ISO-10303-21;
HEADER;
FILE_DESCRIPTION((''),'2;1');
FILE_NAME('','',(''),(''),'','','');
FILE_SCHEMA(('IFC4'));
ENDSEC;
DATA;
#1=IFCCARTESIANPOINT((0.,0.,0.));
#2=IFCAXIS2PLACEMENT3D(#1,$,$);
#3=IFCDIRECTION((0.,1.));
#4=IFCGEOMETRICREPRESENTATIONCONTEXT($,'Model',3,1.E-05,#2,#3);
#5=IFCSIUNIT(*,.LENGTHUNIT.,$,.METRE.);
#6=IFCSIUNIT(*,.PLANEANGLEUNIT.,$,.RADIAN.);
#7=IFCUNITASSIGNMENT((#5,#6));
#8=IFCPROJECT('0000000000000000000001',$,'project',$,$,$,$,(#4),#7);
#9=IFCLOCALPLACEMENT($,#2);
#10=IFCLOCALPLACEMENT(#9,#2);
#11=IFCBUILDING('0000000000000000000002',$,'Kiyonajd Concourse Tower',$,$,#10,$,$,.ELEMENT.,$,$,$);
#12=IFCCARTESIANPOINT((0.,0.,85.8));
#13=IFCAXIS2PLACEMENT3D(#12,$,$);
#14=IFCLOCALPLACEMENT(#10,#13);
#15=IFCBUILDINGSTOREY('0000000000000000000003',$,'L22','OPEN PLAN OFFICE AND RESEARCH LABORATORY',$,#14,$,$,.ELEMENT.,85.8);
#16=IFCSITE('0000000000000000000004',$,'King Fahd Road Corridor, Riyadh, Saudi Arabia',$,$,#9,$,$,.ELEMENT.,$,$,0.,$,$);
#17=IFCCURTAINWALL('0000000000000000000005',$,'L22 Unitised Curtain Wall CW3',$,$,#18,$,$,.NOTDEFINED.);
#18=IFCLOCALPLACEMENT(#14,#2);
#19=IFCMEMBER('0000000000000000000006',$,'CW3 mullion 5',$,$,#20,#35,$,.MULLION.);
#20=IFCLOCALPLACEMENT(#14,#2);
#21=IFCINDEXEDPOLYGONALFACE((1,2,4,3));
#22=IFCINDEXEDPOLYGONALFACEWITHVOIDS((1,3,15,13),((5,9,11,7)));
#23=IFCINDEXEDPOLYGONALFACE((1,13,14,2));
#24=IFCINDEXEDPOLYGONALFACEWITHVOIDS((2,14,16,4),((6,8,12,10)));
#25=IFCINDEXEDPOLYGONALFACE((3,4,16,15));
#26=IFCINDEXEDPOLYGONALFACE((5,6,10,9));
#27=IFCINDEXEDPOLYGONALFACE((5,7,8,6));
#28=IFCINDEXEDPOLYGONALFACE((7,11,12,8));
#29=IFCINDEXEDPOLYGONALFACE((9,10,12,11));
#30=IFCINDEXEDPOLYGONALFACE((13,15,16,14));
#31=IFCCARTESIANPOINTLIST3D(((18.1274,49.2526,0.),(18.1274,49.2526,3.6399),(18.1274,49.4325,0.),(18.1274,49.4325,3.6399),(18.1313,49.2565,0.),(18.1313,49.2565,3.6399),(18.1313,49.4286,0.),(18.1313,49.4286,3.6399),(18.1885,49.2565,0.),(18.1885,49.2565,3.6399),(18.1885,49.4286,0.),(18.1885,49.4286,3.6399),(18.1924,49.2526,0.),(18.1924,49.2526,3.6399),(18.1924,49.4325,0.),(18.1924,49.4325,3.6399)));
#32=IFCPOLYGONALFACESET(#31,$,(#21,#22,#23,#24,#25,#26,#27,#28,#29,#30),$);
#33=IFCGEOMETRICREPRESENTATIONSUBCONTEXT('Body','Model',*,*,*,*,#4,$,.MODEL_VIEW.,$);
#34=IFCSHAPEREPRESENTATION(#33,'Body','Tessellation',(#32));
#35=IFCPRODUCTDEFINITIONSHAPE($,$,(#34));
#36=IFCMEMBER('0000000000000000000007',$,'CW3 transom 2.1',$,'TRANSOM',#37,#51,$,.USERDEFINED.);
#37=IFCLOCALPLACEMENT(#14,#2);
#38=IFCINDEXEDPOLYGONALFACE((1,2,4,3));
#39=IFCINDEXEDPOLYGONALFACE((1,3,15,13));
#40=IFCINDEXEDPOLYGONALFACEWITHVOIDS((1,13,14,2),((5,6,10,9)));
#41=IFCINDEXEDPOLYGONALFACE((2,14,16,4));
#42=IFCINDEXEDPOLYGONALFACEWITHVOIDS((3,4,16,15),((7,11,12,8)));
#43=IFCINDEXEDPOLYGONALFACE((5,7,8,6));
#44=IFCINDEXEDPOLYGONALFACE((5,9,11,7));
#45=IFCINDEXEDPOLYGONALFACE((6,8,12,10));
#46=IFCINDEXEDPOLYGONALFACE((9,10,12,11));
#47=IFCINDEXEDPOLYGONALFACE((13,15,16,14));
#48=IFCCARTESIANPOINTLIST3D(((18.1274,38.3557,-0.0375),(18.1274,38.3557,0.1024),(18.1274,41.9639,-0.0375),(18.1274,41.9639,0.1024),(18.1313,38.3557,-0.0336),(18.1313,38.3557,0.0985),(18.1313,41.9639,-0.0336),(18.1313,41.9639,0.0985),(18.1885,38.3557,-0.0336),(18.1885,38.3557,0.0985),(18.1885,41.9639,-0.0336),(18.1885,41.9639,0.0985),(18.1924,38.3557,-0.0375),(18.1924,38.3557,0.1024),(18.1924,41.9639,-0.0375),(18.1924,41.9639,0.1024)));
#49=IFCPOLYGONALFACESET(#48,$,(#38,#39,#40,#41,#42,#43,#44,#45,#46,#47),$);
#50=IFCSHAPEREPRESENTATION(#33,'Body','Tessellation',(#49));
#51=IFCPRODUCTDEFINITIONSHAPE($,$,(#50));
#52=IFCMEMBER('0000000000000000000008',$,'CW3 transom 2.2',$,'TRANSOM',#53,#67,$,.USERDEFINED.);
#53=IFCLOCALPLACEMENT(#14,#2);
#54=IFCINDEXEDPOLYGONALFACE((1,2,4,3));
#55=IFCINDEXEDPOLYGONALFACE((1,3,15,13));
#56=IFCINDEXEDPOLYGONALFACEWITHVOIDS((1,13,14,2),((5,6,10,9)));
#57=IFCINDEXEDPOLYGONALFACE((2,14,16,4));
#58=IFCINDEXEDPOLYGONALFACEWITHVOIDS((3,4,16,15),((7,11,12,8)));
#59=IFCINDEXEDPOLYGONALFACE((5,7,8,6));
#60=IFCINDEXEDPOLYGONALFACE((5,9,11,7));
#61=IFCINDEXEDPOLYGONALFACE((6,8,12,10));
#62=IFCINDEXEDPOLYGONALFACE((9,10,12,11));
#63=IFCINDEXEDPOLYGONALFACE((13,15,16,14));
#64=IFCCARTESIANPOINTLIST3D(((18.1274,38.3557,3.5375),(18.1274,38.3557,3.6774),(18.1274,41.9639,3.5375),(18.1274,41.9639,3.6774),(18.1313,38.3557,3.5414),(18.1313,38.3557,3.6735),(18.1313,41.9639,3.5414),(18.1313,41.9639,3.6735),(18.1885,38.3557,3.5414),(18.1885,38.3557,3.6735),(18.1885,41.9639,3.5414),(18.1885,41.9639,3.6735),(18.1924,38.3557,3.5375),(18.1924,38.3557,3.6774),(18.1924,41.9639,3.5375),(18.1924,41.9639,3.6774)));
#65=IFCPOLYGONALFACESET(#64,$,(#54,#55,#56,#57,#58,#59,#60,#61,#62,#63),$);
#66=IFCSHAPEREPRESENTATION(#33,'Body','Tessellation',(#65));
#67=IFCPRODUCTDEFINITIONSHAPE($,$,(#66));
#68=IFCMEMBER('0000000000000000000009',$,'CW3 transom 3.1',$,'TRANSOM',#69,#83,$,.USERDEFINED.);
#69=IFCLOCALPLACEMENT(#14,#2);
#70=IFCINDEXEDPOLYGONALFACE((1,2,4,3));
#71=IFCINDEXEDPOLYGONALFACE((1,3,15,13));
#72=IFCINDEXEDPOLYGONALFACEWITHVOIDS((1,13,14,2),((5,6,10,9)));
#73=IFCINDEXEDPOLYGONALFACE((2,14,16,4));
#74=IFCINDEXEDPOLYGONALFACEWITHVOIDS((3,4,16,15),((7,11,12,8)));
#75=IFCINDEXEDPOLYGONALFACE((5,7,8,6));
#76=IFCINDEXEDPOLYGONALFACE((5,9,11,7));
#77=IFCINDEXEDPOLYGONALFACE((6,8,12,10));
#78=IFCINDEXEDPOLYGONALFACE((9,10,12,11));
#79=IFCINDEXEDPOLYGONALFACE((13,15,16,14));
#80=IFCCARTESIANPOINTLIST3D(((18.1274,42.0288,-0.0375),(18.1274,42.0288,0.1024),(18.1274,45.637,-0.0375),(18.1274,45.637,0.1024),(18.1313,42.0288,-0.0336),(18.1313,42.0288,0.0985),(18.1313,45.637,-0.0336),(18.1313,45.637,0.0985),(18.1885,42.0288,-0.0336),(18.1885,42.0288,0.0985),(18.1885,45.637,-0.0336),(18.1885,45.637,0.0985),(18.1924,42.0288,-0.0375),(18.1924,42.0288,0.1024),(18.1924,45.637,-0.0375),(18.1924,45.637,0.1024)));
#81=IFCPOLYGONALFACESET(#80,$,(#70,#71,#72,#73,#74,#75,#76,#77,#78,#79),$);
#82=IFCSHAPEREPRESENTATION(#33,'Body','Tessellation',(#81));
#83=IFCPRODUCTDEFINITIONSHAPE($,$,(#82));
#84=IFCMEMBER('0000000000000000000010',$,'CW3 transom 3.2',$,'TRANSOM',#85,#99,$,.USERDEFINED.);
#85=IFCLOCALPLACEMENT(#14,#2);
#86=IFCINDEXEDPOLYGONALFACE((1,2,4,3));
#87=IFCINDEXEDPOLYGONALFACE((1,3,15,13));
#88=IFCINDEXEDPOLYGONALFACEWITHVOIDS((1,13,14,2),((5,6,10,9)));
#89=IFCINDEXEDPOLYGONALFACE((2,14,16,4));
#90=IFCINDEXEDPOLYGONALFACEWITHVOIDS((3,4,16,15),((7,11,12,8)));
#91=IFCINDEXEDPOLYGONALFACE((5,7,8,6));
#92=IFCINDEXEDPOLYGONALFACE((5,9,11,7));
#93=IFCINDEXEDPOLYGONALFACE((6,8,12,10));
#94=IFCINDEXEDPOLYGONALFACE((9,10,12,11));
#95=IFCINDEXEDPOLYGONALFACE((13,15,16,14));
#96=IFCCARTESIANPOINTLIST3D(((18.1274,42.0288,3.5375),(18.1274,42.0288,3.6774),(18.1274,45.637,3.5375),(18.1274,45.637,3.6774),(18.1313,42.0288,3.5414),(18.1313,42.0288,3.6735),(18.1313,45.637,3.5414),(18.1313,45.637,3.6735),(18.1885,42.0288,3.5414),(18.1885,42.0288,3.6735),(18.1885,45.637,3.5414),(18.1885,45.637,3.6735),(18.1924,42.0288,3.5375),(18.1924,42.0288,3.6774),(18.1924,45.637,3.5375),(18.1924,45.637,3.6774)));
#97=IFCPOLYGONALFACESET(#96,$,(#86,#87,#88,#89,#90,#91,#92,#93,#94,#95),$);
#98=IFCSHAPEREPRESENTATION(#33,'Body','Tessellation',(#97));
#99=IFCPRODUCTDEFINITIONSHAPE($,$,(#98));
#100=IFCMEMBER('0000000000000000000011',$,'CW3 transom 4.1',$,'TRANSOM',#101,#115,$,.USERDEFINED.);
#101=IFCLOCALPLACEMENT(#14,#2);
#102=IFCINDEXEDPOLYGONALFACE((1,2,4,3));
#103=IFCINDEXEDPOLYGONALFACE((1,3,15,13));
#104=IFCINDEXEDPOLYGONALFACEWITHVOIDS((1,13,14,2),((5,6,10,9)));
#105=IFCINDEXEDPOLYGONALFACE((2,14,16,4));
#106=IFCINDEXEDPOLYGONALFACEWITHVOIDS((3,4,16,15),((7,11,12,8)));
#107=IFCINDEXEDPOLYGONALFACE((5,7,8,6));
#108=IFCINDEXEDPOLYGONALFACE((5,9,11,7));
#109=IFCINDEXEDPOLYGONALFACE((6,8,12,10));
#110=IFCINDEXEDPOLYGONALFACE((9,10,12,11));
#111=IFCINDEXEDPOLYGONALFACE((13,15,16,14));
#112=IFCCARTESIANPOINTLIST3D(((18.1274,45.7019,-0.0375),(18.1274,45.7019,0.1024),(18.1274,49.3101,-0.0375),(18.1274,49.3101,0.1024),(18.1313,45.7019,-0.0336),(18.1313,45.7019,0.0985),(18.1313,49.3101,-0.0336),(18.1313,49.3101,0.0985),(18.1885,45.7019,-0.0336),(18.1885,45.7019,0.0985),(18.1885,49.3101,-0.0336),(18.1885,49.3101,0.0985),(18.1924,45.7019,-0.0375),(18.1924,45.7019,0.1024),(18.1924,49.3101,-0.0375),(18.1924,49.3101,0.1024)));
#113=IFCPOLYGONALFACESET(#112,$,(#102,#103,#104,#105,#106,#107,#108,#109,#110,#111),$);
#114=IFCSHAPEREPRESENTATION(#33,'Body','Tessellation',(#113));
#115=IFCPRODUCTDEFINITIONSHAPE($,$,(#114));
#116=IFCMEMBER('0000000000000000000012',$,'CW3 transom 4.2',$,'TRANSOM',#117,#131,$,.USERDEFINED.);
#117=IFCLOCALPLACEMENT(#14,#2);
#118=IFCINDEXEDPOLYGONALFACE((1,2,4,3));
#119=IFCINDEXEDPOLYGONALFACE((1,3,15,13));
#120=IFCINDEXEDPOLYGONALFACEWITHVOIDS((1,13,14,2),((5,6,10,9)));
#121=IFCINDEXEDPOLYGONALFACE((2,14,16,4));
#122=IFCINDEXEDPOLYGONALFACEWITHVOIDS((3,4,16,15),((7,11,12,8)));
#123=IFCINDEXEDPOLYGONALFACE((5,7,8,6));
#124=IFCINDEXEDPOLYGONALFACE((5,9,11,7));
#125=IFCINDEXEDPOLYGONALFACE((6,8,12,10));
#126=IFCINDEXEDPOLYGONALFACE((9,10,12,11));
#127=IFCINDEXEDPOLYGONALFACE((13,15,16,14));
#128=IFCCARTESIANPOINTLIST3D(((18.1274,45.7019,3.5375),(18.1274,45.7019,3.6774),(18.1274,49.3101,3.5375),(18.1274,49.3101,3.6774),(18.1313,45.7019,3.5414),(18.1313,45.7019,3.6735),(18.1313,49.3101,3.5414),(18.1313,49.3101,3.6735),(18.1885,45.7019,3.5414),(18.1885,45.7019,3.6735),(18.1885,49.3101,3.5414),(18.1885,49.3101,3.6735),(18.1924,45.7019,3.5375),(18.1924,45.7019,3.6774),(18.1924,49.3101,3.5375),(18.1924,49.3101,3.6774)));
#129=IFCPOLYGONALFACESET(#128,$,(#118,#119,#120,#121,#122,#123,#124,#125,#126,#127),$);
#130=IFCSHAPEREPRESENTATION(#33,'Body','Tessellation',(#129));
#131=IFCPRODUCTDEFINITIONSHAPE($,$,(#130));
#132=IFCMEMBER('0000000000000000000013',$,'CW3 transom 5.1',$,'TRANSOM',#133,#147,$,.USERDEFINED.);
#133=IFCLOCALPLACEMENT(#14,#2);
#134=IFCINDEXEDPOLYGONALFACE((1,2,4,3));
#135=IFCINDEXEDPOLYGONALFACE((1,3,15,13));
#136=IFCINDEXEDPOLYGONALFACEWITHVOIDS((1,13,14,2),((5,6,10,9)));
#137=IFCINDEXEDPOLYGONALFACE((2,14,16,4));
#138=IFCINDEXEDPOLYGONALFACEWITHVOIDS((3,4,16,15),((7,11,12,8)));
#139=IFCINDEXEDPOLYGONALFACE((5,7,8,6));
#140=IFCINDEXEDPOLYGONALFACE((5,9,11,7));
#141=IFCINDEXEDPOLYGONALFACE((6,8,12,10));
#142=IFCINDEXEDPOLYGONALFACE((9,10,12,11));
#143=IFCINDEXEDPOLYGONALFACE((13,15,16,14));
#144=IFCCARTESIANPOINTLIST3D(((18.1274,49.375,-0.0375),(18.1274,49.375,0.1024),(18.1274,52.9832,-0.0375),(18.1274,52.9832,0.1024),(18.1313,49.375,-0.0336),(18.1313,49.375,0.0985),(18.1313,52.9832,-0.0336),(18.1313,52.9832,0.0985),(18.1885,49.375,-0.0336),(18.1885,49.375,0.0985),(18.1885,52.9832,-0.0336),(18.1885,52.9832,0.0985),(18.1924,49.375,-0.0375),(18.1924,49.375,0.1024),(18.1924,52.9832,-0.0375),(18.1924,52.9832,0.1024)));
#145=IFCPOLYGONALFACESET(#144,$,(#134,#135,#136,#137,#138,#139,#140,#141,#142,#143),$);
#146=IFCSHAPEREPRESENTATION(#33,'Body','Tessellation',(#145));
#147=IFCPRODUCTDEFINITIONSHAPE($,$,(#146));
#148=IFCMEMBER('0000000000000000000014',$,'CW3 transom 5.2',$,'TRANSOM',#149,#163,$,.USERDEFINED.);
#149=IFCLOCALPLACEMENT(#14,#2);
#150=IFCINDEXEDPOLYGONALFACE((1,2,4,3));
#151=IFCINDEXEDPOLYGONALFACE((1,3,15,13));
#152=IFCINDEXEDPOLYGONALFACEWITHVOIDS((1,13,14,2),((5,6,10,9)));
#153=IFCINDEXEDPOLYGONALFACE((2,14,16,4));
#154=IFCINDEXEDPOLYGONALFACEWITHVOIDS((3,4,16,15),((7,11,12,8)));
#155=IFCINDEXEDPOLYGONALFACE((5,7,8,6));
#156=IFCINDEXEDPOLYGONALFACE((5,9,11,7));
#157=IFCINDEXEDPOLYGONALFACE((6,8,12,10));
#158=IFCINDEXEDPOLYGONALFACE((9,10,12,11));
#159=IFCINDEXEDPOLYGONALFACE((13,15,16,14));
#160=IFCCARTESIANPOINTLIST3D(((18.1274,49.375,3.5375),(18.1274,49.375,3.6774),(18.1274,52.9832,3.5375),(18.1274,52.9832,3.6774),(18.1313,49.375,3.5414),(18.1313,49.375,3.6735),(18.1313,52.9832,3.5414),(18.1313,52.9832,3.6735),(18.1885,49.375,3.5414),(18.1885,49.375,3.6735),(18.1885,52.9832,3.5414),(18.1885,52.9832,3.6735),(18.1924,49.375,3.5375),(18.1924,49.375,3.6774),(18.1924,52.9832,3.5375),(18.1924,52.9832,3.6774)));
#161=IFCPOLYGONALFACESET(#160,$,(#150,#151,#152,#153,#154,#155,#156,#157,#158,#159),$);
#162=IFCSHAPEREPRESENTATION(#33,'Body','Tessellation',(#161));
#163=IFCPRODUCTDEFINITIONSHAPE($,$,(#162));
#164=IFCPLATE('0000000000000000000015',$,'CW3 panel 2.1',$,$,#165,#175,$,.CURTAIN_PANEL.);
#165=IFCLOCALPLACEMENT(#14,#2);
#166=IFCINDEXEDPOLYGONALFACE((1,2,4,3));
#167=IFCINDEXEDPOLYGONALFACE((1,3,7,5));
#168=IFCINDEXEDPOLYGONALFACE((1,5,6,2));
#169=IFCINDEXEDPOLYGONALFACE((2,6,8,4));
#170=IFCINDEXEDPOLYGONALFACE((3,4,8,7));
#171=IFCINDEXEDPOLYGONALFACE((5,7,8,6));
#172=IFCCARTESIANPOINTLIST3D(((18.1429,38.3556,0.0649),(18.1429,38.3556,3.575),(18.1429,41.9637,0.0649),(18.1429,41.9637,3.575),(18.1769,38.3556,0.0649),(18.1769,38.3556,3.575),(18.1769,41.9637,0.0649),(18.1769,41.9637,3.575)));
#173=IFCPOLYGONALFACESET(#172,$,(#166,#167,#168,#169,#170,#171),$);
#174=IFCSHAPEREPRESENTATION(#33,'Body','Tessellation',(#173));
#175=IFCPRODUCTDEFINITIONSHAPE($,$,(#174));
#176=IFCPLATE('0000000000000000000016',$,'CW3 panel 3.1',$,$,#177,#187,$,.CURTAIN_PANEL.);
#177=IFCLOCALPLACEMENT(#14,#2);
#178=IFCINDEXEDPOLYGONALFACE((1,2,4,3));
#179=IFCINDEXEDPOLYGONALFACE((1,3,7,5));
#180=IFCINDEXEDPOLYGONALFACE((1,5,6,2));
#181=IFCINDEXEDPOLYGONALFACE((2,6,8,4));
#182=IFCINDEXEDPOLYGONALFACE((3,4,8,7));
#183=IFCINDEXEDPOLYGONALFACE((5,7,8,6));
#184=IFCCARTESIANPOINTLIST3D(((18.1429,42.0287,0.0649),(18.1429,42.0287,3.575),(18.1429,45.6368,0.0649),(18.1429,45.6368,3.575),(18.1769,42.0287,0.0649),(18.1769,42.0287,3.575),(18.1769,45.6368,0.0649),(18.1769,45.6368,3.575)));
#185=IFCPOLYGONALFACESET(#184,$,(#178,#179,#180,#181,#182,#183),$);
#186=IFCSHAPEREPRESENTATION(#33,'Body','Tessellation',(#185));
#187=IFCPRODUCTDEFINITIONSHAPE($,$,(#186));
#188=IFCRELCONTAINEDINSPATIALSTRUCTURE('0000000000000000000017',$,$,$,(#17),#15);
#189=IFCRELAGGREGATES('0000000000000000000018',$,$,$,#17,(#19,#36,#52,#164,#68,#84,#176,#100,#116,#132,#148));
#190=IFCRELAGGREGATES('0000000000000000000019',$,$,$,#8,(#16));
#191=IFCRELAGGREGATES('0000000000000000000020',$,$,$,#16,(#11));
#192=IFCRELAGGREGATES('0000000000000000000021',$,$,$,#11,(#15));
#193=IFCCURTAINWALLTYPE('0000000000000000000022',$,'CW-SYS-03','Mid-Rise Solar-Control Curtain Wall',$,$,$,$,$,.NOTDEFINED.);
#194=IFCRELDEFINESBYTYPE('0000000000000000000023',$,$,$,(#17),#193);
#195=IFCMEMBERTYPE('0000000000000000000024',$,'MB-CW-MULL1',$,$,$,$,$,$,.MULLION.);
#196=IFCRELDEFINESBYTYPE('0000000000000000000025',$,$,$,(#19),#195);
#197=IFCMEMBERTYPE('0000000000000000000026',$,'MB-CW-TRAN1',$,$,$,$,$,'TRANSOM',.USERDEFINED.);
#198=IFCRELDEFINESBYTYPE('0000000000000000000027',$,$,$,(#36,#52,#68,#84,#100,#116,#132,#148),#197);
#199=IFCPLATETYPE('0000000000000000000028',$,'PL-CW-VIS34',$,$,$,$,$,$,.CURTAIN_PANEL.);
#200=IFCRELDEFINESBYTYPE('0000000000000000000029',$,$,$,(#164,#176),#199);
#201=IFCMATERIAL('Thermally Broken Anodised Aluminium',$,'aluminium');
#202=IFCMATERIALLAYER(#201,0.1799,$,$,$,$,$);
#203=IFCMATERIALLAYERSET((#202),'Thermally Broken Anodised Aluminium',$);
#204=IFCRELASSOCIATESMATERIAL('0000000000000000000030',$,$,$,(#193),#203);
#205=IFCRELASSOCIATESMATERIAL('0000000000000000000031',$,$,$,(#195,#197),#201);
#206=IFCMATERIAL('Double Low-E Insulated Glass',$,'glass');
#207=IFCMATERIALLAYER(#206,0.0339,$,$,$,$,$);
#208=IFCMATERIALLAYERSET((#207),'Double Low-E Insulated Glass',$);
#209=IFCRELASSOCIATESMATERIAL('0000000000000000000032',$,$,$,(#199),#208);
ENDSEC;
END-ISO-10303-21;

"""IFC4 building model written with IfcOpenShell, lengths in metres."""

from ifc_helpers import new_model, si_unit, direction, frame, origin, origin_2d, place, context, subcontext, project, spatial, rectangle, hollow_rectangle, extrude, material, layer, layer_set, material_profile, profile_set, type_object, element, aggregate, save


model = new_model("IFC4")

# Units and contexts
model_context = context("Model", 3, precision=1e-05, world=origin(), true_north=direction((0.0, 1.0)))
body_context = subcontext(model_context, "Body", "Model", "MODEL_VIEW")
ifc_project = project(units=[si_unit("LENGTHUNIT", "METRE"), si_unit("PLANEANGLEUNIT", "RADIAN")], contexts=[model_context])

# Site, building, storey
site_placement = place(None, origin())
site = spatial("IfcSite", under=ifc_project, at=site_placement, Name="King Fahd Road Corridor, Riyadh, Saudi Arabia", CompositionType="ELEMENT", RefElevation=0.0)
building_placement = place(site_placement, origin())
building = spatial("IfcBuilding", under=site, at=building_placement, Name="Kiyonajd Concourse Tower", CompositionType="ELEMENT")
storey_placement = place(building_placement, frame((0.0, 0.0, 85.8)))
storey = spatial("IfcBuildingStorey", under=building, at=storey_placement, Name="L22", Description="OPEN PLAN OFFICE AND RESEARCH LABORATORY", CompositionType="ELEMENT", Elevation=85.8)

# Curtain wall, members, plates
ifc_material_1 = material(Name="Thermally Broken Anodised Aluminium", Category="aluminium")
ifc_layer_1 = layer(ifc_material_1, 0.1799)
ifc_layer_set_1 = layer_set([ifc_layer_1], Name="Thermally Broken Anodised Aluminium")
curtain_wall_type = type_object("IfcCurtainWallType", Name="CW-SYS-03", Description="Mid-Rise Solar-Control Curtain Wall", PredefinedType="NOTDEFINED", material=ifc_layer_set_1)
curtain_wall_placement = place(storey_placement, origin())
curtain_wall = element("IfcCurtainWall", 1, at=curtain_wall_placement, inside=storey, type_object=curtain_wall_type, Name="L22 Unitised Curtain Wall CW3", PredefinedType="NOTDEFINED")
ifc_material_profile_1 = material_profile(ifc_material_1, hollow_rectangle(XDim=0.0649, YDim=0.1799, WallThickness=0.0039, at=origin_2d()), Name="MULL-65x180")
ifc_profile_set_1 = profile_set([ifc_material_profile_1], Name="Thermally Broken Anodised Aluminium")
member_type_1 = type_object("IfcMemberType", Name="MB-CW-MULL1", PredefinedType="MULLION", material=ifc_profile_set_1)
member_1_placement = place(storey_placement, frame((18.1599, 49.3425, 0.0), z_axis=(0.0, 0.0, 1.0), x_axis=(-1.0, 0.0, 0.0)))
member_1 = element("IfcMember", 2, at=member_1_placement, type_object=member_type_1, Name="CW3 mullion 5", PredefinedType="MULLION", context=body_context, shape_type="SweptSolid", body=[
    extrude(hollow_rectangle(XDim=0.0649, YDim=0.1799, WallThickness=0.0039, at=origin_2d()), origin(), (0.0, 0.0, 1.0), 3.6399),
])
ifc_material_profile_2 = material_profile(ifc_material_1, hollow_rectangle(XDim=0.0649, YDim=0.1399, WallThickness=0.0039, at=origin_2d()), Name="TRAN-65x140")
ifc_profile_set_2 = profile_set([ifc_material_profile_2], Name="Thermally Broken Anodised Aluminium")
member_type_2 = type_object("IfcMemberType", Name="MB-CW-TRAN1", ElementType="TRANSOM", PredefinedType="USERDEFINED", material=ifc_profile_set_2)
member_2_placement = place(storey_placement, frame((18.1599, 38.3557, 0.0325), z_axis=(0.0, 1.0, 0.0), x_axis=(-1.0, 0.0, 0.0)))
member_2 = element("IfcMember", 3, at=member_2_placement, type_object=member_type_2, Name="CW3 transom 2.1", ObjectType="TRANSOM", PredefinedType="USERDEFINED", context=body_context, shape_type="SweptSolid", body=[
    extrude(hollow_rectangle(XDim=0.0649, YDim=0.1399, WallThickness=0.0039, at=origin_2d()), origin(), (0.0, 0.0, 1.0), 3.6082),
])
member_3_placement = place(storey_placement, frame((18.1599, 38.3557, 3.6074), z_axis=(0.0, 1.0, 0.0), x_axis=(-1.0, 0.0, 0.0)))
member_3 = element("IfcMember", 4, at=member_3_placement, type_object=member_type_2, Name="CW3 transom 2.2", ObjectType="TRANSOM", PredefinedType="USERDEFINED", context=body_context, shape_type="SweptSolid", body=[
    extrude(hollow_rectangle(XDim=0.0649, YDim=0.1399, WallThickness=0.0039, at=origin_2d()), origin(), (0.0, 0.0, 1.0), 3.6082),
])
member_4_placement = place(storey_placement, frame((18.1599, 42.0288, 0.0325), z_axis=(0.0, 1.0, 0.0), x_axis=(-1.0, 0.0, 0.0)))
member_4 = element("IfcMember", 5, at=member_4_placement, type_object=member_type_2, Name="CW3 transom 3.1", ObjectType="TRANSOM", PredefinedType="USERDEFINED", context=body_context, shape_type="SweptSolid", body=[
    extrude(hollow_rectangle(XDim=0.0649, YDim=0.1399, WallThickness=0.0039, at=origin_2d()), origin(), (0.0, 0.0, 1.0), 3.6082),
])
member_5_placement = place(storey_placement, frame((18.1599, 42.0288, 3.6074), z_axis=(0.0, 1.0, 0.0), x_axis=(-1.0, 0.0, 0.0)))
member_5 = element("IfcMember", 6, at=member_5_placement, type_object=member_type_2, Name="CW3 transom 3.2", ObjectType="TRANSOM", PredefinedType="USERDEFINED", context=body_context, shape_type="SweptSolid", body=[
    extrude(hollow_rectangle(XDim=0.0649, YDim=0.1399, WallThickness=0.0039, at=origin_2d()), origin(), (0.0, 0.0, 1.0), 3.6082),
])
member_6_placement = place(storey_placement, frame((18.1599, 45.7019, 0.0325), z_axis=(0.0, 1.0, 0.0), x_axis=(-1.0, 0.0, 0.0)))
member_6 = element("IfcMember", 7, at=member_6_placement, type_object=member_type_2, Name="CW3 transom 4.1", ObjectType="TRANSOM", PredefinedType="USERDEFINED", context=body_context, shape_type="SweptSolid", body=[
    extrude(hollow_rectangle(XDim=0.0649, YDim=0.1399, WallThickness=0.0039, at=origin_2d()), origin(), (0.0, 0.0, 1.0), 3.6082),
])
member_7_placement = place(storey_placement, frame((18.1599, 45.7019, 3.6074), z_axis=(0.0, 1.0, 0.0), x_axis=(-1.0, 0.0, 0.0)))
member_7 = element("IfcMember", 8, at=member_7_placement, type_object=member_type_2, Name="CW3 transom 4.2", ObjectType="TRANSOM", PredefinedType="USERDEFINED", context=body_context, shape_type="SweptSolid", body=[
    extrude(hollow_rectangle(XDim=0.0649, YDim=0.1399, WallThickness=0.0039, at=origin_2d()), origin(), (0.0, 0.0, 1.0), 3.6082),
])
member_8_placement = place(storey_placement, frame((18.1599, 49.375, 0.0325), z_axis=(0.0, 1.0, 0.0), x_axis=(-1.0, 0.0, 0.0)))
member_8 = element("IfcMember", 9, at=member_8_placement, type_object=member_type_2, Name="CW3 transom 5.1", ObjectType="TRANSOM", PredefinedType="USERDEFINED", context=body_context, shape_type="SweptSolid", body=[
    extrude(hollow_rectangle(XDim=0.0649, YDim=0.1399, WallThickness=0.0039, at=origin_2d()), origin(), (0.0, 0.0, 1.0), 3.6082),
])
member_9_placement = place(storey_placement, frame((18.1599, 49.375, 3.6074), z_axis=(0.0, 1.0, 0.0), x_axis=(-1.0, 0.0, 0.0)))
member_9 = element("IfcMember", 10, at=member_9_placement, type_object=member_type_2, Name="CW3 transom 5.2", ObjectType="TRANSOM", PredefinedType="USERDEFINED", context=body_context, shape_type="SweptSolid", body=[
    extrude(hollow_rectangle(XDim=0.0649, YDim=0.1399, WallThickness=0.0039, at=origin_2d()), origin(), (0.0, 0.0, 1.0), 3.6082),
])
ifc_material_2 = material(Name="Double Low-E Insulated Glass", Category="glass")
ifc_layer_2 = layer(ifc_material_2, 0.0339)
ifc_layer_set_2 = layer_set([ifc_layer_2], Name="Double Low-E Insulated Glass")
plate_type = type_object("IfcPlateType", Name="PL-CW-VIS34", PredefinedType="CURTAIN_PANEL", material=ifc_layer_set_2)
plate_1_placement = place(storey_placement, frame((18.1599, 40.1597, 0.0649), z_axis=(0.0, 0.0, 1.0), x_axis=(0.0, 1.0, 0.0)))
plate_1 = element("IfcPlate", 11, at=plate_1_placement, type_object=plate_type, Name="CW3 panel 2.1", PredefinedType="CURTAIN_PANEL", context=body_context, shape_type="SweptSolid", body=[
    extrude(rectangle(XDim=3.6082, YDim=0.0339, at=origin_2d()), origin(), (0.0, 0.0, 1.0), 3.51),
])
plate_2_placement = place(storey_placement, frame((18.1599, 43.8328, 0.0649), z_axis=(0.0, 0.0, 1.0), x_axis=(0.0, 1.0, 0.0)))
plate_2 = element("IfcPlate", 12, at=plate_2_placement, type_object=plate_type, Name="CW3 panel 3.1", PredefinedType="CURTAIN_PANEL", context=body_context, shape_type="SweptSolid", body=[
    extrude(rectangle(XDim=3.6082, YDim=0.0339, at=origin_2d()), origin(), (0.0, 0.0, 1.0), 3.51),
])
aggregate(curtain_wall, [member_1, member_2, member_3, plate_1, member_4, member_5, plate_2, member_6, member_7, member_8, member_9])

save(model, "model.ifc")
